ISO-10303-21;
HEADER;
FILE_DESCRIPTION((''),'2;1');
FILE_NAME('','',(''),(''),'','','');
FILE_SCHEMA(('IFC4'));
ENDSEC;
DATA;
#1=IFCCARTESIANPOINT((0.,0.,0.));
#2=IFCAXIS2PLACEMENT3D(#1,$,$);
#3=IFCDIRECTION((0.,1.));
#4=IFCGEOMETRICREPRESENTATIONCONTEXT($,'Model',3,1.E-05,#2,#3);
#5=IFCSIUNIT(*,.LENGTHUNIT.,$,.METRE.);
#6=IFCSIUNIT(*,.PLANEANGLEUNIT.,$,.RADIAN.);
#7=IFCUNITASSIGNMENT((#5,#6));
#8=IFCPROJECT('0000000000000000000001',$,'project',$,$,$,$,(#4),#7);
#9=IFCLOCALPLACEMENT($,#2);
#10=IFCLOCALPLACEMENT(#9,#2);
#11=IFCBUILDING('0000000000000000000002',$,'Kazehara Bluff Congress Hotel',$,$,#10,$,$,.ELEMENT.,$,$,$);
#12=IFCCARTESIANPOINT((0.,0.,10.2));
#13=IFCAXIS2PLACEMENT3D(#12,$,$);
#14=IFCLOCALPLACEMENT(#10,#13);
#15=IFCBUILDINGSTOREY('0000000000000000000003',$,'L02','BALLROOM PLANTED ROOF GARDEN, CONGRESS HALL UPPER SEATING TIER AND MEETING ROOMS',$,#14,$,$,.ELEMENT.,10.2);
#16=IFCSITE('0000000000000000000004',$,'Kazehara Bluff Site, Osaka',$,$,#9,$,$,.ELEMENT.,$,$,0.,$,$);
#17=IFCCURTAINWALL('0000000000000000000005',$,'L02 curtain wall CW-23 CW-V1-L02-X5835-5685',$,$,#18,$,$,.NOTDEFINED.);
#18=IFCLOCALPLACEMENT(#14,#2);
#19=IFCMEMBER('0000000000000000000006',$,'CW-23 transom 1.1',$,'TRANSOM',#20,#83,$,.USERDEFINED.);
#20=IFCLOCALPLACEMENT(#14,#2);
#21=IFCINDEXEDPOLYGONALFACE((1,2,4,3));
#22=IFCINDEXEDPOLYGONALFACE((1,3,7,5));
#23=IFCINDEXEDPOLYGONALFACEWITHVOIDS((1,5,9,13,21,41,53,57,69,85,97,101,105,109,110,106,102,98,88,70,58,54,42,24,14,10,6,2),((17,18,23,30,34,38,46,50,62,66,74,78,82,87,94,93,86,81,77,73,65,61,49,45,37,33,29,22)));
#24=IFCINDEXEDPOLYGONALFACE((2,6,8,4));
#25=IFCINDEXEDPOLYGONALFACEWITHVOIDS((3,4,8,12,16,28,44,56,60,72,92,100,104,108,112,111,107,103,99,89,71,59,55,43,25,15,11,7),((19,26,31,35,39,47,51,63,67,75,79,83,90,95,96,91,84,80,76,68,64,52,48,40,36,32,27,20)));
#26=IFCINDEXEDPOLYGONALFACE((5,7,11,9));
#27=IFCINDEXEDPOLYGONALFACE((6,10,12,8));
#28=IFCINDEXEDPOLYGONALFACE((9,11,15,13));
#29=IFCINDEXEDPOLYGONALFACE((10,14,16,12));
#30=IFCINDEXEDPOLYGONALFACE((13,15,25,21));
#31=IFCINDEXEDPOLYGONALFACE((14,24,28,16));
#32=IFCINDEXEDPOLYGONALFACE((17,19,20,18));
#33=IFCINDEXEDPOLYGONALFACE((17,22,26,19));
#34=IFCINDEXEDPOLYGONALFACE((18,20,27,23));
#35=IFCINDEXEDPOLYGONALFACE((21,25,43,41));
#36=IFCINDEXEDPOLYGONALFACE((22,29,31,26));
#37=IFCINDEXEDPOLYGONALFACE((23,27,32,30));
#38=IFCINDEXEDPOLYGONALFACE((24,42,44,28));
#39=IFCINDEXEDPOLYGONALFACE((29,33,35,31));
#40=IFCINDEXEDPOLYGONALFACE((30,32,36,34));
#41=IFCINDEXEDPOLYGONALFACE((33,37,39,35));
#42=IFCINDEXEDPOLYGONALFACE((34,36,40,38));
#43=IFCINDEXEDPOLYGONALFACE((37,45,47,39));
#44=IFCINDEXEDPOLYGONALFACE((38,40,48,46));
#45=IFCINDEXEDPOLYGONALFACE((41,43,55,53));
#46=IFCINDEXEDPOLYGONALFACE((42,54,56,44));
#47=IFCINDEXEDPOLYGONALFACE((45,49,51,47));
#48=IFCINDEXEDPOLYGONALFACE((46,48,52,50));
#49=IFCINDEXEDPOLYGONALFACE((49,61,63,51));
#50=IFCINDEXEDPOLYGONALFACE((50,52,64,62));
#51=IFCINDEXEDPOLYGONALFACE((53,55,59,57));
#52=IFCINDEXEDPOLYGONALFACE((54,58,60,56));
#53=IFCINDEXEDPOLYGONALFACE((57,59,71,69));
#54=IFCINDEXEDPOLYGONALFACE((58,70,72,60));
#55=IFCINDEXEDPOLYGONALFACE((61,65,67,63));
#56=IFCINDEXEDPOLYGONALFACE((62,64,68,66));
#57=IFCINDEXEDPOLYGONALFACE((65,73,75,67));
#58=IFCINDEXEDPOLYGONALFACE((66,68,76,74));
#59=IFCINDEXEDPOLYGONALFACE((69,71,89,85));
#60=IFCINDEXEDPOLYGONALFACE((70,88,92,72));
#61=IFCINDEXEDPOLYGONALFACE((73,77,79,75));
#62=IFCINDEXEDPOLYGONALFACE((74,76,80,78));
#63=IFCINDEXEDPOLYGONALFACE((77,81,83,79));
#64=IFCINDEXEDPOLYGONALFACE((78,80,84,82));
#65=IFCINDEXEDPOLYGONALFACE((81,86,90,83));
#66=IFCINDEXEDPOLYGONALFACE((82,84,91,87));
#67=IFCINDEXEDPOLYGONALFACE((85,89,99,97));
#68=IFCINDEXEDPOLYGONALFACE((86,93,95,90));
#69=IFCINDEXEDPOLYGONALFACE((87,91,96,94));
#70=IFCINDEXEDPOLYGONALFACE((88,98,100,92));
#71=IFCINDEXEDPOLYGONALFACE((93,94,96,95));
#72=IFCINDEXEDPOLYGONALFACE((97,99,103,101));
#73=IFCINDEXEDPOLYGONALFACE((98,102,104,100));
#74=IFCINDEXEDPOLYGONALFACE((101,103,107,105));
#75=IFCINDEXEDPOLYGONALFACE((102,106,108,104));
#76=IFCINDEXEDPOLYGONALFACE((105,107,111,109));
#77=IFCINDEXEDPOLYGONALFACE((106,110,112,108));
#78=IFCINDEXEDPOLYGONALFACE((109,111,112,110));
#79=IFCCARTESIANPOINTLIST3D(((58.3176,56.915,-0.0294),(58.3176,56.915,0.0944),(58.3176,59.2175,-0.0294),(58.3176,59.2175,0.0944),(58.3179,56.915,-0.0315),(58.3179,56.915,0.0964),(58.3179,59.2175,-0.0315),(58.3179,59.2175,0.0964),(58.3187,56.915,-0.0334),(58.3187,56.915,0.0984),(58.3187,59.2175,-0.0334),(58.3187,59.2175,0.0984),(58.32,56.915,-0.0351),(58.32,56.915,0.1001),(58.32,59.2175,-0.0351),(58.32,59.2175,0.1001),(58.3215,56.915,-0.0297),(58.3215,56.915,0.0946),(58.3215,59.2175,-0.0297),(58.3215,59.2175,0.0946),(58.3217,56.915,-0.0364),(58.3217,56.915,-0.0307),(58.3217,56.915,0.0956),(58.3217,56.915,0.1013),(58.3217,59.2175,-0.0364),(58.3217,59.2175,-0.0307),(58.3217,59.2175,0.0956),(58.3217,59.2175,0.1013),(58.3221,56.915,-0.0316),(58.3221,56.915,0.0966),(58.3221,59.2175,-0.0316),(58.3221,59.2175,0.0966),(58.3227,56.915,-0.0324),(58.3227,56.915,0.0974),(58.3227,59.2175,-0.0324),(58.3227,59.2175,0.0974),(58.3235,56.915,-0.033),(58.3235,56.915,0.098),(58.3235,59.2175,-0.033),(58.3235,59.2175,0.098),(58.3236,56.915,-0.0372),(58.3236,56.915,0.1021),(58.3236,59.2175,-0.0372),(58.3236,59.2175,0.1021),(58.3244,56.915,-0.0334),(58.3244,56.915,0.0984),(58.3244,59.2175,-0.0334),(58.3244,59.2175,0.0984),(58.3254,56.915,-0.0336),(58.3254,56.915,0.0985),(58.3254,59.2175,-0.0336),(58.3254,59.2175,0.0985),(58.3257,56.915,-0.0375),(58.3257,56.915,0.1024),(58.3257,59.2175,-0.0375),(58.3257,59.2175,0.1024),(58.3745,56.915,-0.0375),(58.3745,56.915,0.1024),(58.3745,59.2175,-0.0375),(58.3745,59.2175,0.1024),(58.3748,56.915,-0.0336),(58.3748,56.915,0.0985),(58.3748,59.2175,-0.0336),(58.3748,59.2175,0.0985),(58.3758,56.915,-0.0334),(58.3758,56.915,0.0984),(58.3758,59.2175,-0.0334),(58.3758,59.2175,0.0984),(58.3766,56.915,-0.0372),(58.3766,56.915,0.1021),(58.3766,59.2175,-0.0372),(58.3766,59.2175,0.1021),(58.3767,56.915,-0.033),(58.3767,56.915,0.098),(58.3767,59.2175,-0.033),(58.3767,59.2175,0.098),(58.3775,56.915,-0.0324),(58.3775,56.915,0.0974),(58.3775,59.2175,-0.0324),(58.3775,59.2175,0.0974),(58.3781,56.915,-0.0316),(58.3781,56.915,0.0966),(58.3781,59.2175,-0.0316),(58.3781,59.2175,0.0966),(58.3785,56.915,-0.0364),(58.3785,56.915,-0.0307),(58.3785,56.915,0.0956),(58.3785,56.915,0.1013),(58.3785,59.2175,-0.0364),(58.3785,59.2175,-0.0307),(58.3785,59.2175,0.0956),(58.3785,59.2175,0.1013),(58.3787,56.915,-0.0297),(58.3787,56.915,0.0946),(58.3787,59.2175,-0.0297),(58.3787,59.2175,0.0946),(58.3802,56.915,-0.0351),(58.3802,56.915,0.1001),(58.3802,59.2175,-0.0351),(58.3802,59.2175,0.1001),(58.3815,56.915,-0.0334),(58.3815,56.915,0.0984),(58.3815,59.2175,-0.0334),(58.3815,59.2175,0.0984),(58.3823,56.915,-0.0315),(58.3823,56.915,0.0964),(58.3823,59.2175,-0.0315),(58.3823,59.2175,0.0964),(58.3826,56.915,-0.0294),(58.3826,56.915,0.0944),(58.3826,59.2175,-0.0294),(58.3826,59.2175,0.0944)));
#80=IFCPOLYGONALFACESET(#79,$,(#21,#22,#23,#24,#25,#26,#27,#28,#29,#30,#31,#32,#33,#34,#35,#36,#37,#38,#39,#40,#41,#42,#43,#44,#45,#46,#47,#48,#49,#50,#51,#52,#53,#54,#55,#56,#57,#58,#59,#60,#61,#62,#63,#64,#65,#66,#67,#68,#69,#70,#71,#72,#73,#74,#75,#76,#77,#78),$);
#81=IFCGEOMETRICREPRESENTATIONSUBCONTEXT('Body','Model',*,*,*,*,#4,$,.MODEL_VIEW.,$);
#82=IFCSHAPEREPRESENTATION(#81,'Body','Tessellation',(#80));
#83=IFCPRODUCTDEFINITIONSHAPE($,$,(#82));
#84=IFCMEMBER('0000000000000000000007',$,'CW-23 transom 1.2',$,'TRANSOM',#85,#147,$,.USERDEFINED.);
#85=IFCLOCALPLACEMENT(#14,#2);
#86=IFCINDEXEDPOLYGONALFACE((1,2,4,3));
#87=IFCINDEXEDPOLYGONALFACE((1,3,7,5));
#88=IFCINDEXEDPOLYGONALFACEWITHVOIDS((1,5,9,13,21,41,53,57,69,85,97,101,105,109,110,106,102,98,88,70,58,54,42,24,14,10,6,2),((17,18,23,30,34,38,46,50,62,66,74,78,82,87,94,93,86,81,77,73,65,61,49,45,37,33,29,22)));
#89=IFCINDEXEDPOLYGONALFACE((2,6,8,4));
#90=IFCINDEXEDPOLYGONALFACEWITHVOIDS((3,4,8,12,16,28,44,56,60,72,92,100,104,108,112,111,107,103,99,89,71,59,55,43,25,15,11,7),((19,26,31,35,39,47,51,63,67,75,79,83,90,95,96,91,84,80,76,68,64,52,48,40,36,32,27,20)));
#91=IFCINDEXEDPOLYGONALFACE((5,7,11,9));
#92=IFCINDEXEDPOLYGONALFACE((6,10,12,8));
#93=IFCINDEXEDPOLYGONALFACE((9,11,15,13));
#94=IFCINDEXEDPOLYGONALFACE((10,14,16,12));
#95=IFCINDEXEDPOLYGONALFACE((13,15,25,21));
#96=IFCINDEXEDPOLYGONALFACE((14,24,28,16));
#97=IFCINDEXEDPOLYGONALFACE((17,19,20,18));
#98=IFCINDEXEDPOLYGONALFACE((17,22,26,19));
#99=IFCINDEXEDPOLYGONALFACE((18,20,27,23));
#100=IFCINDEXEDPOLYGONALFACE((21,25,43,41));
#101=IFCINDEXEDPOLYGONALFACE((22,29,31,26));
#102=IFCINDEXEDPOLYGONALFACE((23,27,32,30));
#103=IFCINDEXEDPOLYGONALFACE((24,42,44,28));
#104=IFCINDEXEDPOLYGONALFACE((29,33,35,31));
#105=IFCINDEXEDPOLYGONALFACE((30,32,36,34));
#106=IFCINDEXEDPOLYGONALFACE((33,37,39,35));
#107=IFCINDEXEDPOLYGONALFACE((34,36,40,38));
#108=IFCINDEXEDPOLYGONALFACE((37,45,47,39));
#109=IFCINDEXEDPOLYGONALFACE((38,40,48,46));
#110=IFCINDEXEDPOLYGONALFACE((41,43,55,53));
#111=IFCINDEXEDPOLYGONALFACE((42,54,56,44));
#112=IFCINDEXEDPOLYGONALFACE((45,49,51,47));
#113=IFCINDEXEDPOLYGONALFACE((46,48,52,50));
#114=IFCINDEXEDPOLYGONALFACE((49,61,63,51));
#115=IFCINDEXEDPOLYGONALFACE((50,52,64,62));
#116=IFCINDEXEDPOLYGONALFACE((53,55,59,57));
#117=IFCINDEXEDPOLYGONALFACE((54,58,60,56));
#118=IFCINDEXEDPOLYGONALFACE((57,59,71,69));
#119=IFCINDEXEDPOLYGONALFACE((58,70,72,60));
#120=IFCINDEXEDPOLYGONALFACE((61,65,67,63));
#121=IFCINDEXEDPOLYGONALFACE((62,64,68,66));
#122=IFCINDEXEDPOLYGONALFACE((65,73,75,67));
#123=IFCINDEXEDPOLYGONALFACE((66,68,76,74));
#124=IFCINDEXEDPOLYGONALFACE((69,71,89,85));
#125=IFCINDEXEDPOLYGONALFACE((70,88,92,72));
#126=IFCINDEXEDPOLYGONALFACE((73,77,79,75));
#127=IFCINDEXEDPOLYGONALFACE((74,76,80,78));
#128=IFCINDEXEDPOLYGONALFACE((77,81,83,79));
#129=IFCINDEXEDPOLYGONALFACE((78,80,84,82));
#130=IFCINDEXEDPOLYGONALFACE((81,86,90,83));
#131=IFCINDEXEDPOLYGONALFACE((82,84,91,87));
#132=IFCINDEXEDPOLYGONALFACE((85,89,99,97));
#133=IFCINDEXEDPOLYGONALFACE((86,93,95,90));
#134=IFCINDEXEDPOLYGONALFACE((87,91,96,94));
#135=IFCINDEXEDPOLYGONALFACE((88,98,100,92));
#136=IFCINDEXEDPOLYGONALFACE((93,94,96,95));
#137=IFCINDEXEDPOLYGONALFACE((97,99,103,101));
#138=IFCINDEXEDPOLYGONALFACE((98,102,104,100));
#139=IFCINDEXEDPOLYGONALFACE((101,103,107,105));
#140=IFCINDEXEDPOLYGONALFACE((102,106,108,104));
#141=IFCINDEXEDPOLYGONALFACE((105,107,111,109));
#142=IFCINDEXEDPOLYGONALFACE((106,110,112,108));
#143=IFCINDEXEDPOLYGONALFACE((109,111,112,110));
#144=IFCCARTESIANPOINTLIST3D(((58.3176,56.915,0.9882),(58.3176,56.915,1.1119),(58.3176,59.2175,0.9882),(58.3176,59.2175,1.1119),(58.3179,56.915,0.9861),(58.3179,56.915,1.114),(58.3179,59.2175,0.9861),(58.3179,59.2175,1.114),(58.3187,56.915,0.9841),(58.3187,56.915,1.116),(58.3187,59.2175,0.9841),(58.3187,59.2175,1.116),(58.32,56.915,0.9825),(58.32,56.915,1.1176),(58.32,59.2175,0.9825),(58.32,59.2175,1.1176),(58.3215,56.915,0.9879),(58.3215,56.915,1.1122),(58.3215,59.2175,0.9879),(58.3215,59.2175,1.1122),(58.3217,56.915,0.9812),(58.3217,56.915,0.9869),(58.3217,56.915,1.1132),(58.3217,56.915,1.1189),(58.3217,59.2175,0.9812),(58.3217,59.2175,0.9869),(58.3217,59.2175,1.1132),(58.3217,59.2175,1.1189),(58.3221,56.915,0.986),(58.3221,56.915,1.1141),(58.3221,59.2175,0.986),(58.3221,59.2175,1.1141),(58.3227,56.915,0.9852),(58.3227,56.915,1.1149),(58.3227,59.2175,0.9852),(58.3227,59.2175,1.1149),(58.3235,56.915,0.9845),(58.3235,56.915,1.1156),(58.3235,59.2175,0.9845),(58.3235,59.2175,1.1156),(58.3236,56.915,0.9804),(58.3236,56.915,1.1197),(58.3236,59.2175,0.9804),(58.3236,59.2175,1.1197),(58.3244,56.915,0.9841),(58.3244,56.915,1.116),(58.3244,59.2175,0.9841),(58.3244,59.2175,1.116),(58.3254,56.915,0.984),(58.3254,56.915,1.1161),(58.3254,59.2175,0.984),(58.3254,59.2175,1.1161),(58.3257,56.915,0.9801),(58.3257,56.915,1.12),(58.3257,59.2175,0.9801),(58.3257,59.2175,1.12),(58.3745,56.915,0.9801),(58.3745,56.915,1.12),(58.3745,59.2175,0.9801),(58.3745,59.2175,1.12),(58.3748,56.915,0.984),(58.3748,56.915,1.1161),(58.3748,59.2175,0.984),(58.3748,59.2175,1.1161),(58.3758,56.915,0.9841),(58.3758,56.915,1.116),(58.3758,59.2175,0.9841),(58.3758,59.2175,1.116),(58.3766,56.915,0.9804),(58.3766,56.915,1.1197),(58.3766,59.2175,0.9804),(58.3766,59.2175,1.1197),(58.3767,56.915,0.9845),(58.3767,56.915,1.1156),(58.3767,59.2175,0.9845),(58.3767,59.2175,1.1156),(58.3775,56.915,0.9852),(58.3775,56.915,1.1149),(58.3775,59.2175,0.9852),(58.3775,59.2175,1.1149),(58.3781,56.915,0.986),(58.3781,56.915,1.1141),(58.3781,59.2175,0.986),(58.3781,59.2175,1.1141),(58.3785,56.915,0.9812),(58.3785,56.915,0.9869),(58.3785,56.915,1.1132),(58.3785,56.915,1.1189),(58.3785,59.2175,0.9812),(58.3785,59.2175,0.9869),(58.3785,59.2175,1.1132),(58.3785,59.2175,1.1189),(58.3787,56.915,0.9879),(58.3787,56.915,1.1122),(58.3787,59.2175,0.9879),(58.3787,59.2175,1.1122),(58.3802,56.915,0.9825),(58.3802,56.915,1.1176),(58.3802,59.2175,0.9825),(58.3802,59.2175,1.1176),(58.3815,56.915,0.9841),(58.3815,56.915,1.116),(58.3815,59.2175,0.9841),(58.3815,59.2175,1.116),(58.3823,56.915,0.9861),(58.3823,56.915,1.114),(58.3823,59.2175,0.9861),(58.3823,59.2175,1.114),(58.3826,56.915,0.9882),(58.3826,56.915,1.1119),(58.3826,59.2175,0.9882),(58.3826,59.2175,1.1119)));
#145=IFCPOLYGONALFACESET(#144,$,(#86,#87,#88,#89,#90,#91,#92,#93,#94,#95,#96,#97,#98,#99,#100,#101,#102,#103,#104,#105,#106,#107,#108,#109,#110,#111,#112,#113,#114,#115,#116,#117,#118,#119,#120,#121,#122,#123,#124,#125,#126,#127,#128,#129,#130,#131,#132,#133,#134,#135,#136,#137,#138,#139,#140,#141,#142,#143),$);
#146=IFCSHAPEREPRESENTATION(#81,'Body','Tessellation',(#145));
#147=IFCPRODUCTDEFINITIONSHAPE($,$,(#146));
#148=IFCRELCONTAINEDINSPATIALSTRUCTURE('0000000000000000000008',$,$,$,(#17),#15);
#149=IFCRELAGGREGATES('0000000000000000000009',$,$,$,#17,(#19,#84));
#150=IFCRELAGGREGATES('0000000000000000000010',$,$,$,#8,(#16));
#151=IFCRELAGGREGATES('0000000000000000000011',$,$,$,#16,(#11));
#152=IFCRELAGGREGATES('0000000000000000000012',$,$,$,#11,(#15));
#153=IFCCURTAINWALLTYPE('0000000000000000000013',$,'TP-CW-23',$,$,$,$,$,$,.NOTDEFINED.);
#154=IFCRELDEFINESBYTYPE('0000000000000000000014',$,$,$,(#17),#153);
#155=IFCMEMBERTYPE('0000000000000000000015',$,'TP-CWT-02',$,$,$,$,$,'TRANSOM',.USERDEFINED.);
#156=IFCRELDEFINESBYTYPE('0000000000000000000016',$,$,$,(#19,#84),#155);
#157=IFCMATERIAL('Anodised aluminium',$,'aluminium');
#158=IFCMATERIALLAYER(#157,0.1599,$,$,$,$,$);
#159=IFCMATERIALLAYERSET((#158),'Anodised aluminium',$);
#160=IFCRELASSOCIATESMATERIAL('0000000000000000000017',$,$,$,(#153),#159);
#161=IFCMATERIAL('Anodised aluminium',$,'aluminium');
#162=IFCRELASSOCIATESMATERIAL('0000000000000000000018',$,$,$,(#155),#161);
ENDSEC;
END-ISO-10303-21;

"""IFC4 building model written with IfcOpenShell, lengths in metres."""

from ifc_helpers import new_model, si_unit, direction, frame, origin, origin_2d, place, context, subcontext, project, spatial, hollow_rectangle, extrude, material, layer, layer_set, material_profile, profile_set, type_object, element, aggregate, save


model = new_model("IFC4")

# Units and contexts
model_context = context("Model", 3, precision=1e-05, world=origin(), true_north=direction((0.0, 1.0)))
body_context = subcontext(model_context, "Body", "Model", "MODEL_VIEW")
ifc_project = project(units=[si_unit("LENGTHUNIT", "METRE"), si_unit("PLANEANGLEUNIT", "RADIAN")], contexts=[model_context])

# Site, building, storey
site_placement = place(None, origin())
site = spatial("IfcSite", under=ifc_project, at=site_placement, Name="Kazehara Bluff Site, Osaka", CompositionType="ELEMENT", RefElevation=0.0)
building_placement = place(site_placement, origin())
building = spatial("IfcBuilding", under=site, at=building_placement, Name="Kazehara Bluff Congress Hotel", CompositionType="ELEMENT")
storey_placement = place(building_placement, frame((0.0, 0.0, 10.2)))
storey = spatial("IfcBuildingStorey", under=building, at=storey_placement, Name="L02", Description="BALLROOM PLANTED ROOF GARDEN, CONGRESS HALL UPPER SEATING TIER AND MEETING ROOMS", CompositionType="ELEMENT", Elevation=10.2)

# Curtain wall, members
ifc_material_1 = material(Name="Anodised aluminium", Category="aluminium")
ifc_layer_1 = layer(ifc_material_1, 0.1599)
ifc_layer_set_1 = layer_set([ifc_layer_1], Name="Anodised aluminium")
curtain_wall_type = type_object("IfcCurtainWallType", Name="TP-CW-23", PredefinedType="NOTDEFINED", material=ifc_layer_set_1)
curtain_wall_placement = place(storey_placement, origin())
curtain_wall = element("IfcCurtainWall", 1, at=curtain_wall_placement, inside=storey, type_object=curtain_wall_type, Name="L02 curtain wall CW-23 CW-V1-L02-X5835-5685", PredefinedType="NOTDEFINED")
ifc_material_2 = material(Name="Anodised aluminium", Category="aluminium")
ifc_material_profile_1 = material_profile(ifc_material_2, hollow_rectangle(XDim=0.0649, YDim=0.1399, WallThickness=0.0039, InnerFilletRadius=0.0039, OuterFilletRadius=0.0081, at=origin_2d()))
ifc_profile_set_1 = profile_set([ifc_material_profile_1], Name="Anodised aluminium")
member_type_1 = type_object("IfcMemberType", Name="TP-CWT-02", ElementType="TRANSOM", PredefinedType="USERDEFINED", material=ifc_profile_set_1)
member_1_placement = place(storey_placement, frame((58.3501, 56.915, 0.0325), z_axis=(0.0, 1.0, 0.0), x_axis=(-1.0, 0.0, 0.0)))
member_1 = element("IfcMember", 2, at=member_1_placement, type_object=member_type_1, Name="CW-23 transom 1.1", ObjectType="TRANSOM", PredefinedType="USERDEFINED", context=body_context, shape_type="SweptSolid", body=[
    extrude(hollow_rectangle(XDim=0.0649, YDim=0.1399, WallThickness=0.0039, InnerFilletRadius=0.0039, OuterFilletRadius=0.0081, at=origin_2d()), origin(), (0.0, 0.0, 1.0), 2.3025),
])
member_2_placement = place(storey_placement, frame((58.3501, 56.915, 1.05), z_axis=(0.0, 1.0, 0.0), x_axis=(-1.0, 0.0, 0.0)))
member_2 = element("IfcMember", 3, at=member_2_placement, type_object=member_type_1, Name="CW-23 transom 1.2", ObjectType="TRANSOM", PredefinedType="USERDEFINED", context=body_context, shape_type="SweptSolid", body=[
    extrude(hollow_rectangle(XDim=0.0649, YDim=0.1399, WallThickness=0.0039, InnerFilletRadius=0.0039, OuterFilletRadius=0.0081, at=origin_2d()), origin(), (0.0, 0.0, 1.0), 2.3025),
])

aggregate(curtain_wall, [member_1, member_2])

save(model, "model.ifc")
